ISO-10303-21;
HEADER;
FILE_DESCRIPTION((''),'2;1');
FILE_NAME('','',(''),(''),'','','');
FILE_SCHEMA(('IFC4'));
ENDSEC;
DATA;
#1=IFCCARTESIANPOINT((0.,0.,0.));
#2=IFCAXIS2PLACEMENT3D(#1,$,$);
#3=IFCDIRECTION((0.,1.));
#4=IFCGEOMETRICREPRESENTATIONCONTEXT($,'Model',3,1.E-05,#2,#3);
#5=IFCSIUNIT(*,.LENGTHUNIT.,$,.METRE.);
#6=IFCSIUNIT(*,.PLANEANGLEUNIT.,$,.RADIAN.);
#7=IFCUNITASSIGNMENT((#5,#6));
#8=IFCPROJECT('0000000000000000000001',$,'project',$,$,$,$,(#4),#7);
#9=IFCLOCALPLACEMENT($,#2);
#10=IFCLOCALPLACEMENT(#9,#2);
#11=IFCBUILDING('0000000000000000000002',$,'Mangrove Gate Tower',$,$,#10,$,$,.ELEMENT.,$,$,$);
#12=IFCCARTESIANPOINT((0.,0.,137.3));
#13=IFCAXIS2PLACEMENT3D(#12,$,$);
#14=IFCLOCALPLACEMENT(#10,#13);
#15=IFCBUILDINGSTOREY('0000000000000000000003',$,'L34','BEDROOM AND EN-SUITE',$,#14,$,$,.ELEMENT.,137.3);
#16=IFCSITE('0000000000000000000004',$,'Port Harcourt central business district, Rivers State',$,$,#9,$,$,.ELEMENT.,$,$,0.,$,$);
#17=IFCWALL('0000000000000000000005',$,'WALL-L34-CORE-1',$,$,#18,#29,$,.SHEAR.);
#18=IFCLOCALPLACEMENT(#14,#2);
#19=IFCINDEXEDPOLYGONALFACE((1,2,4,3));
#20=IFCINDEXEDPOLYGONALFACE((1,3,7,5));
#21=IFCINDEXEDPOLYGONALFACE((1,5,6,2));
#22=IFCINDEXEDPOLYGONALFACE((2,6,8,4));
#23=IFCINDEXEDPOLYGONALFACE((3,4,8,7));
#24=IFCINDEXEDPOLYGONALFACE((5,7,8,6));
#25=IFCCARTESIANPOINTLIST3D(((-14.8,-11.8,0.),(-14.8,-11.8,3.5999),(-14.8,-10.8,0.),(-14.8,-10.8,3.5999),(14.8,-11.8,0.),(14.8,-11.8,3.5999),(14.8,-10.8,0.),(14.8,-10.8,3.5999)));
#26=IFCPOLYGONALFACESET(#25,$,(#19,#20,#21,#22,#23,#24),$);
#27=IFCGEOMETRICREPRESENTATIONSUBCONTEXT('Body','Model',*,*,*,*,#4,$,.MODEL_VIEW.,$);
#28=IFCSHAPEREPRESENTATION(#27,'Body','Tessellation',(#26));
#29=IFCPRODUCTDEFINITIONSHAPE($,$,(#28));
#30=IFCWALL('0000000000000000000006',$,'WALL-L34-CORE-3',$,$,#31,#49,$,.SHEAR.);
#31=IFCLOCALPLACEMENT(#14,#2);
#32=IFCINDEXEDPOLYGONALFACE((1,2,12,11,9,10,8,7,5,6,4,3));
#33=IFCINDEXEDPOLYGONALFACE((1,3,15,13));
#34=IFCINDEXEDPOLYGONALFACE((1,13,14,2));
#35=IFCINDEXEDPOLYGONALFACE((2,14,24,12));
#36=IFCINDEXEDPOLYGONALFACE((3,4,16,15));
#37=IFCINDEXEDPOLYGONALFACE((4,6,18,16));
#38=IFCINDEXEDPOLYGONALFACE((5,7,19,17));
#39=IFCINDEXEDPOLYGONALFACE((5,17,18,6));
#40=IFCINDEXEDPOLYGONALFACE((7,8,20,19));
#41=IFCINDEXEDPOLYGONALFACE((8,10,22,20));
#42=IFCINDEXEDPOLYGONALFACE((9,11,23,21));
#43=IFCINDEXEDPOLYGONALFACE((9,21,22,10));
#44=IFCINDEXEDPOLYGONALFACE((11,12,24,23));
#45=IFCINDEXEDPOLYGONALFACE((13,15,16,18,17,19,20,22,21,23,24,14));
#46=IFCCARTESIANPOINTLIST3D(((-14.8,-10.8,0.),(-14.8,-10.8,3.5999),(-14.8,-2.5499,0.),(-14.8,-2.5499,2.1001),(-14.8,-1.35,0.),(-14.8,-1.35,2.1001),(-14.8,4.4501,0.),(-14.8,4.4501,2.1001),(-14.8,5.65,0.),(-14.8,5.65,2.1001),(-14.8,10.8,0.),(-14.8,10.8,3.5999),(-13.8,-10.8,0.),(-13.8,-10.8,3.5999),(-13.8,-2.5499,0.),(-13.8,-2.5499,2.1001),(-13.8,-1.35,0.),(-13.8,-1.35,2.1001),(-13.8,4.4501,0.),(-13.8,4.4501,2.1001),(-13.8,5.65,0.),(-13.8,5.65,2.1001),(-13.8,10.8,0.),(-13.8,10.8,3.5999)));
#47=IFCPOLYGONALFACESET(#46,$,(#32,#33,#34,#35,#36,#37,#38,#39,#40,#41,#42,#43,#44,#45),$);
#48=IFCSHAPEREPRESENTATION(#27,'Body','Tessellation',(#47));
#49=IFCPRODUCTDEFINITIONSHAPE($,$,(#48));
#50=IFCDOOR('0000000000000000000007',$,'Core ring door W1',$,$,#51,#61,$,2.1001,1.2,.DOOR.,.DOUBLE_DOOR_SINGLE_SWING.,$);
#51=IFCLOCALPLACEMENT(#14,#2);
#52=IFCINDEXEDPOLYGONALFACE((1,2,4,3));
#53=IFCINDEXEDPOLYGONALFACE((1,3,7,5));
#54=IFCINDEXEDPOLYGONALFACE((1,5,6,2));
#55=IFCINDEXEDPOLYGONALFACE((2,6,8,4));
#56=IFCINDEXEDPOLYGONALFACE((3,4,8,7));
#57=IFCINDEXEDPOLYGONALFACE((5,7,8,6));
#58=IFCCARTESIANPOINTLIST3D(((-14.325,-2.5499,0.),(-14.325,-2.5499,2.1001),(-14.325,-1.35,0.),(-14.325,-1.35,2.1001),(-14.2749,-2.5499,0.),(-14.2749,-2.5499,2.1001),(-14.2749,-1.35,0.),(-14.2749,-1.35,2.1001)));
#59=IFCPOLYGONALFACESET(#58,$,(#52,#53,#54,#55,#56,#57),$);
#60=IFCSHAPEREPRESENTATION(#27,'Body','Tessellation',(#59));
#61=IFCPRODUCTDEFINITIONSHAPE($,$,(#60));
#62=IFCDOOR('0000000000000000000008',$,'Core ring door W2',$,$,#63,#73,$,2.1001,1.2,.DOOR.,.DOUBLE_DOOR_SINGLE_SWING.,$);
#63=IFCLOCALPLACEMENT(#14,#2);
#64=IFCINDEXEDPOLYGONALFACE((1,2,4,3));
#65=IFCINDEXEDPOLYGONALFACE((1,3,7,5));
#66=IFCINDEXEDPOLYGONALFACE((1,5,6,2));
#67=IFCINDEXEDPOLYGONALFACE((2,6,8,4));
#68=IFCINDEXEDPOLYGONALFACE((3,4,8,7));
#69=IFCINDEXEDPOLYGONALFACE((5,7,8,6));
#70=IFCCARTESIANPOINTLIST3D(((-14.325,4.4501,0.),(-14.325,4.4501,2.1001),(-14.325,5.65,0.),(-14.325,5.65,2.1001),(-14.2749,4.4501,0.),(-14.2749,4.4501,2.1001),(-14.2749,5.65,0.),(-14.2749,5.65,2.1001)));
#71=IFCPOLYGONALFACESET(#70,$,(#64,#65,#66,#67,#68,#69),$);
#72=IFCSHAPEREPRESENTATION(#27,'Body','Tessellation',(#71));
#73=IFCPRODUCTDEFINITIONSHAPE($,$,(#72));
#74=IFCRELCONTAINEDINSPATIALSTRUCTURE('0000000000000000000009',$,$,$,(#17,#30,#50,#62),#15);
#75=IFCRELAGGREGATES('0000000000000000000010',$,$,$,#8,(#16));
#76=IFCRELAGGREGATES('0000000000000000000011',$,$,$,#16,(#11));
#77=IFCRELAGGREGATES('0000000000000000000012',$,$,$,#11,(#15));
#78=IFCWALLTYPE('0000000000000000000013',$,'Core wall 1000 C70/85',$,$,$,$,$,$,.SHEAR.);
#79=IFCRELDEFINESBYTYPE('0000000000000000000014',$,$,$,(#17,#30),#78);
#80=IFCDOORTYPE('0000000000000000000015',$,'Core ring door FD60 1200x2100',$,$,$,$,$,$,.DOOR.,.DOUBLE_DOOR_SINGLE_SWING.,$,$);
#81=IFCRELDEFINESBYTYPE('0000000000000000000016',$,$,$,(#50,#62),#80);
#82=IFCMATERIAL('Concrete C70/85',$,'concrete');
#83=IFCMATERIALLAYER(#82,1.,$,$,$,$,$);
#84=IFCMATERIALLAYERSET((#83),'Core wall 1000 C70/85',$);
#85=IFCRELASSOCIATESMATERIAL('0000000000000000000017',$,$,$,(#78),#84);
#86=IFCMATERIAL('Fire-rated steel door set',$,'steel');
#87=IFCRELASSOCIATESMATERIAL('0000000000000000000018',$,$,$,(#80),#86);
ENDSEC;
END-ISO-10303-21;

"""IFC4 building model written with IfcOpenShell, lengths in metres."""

from ifc_helpers import new_model, si_unit, direction, frame, frame_2d, origin, place, context, subcontext, project, spatial, rectangle, extrude, material, layer, layer_set, type_object, element, fill, save


model = new_model("IFC4")

# Units and contexts
model_context = context("Model", 3, precision=1e-05, world=origin(), true_north=direction((0.0, 1.0)))
body_context = subcontext(model_context, "Body", "Model", "MODEL_VIEW")
ifc_project = project(units=[si_unit("LENGTHUNIT", "METRE"), si_unit("PLANEANGLEUNIT", "RADIAN")], contexts=[model_context])

# Site, building, storey
site_placement = place(None, origin())
site = spatial("IfcSite", under=ifc_project, at=site_placement, Name="Port Harcourt central business district, Rivers State", CompositionType="ELEMENT", RefElevation=0.0)
building_placement = place(site_placement, origin())
building = spatial("IfcBuilding", under=site, at=building_placement, Name="Mangrove Gate Tower", CompositionType="ELEMENT")
storey_placement = place(building_placement, frame((0.0, 0.0, 137.3)))
storey = spatial("IfcBuildingStorey", under=building, at=storey_placement, Name="L34", Description="BEDROOM AND EN-SUITE", CompositionType="ELEMENT", Elevation=137.3)

# Wall
ifc_material_1 = material(Name="Concrete C70/85", Category="concrete")
ifc_layer = layer(ifc_material_1, 1.0)
ifc_layer_set = layer_set([ifc_layer], Name="Core wall 1000 C70/85")
wall_type = type_object("IfcWallType", Name="Core wall 1000 C70/85", PredefinedType="SHEAR", material=ifc_layer_set)
wall_1_placement = place(storey_placement, frame((-14.8, -11.3, 0.0), z_axis=(0.0, 0.0, 1.0), x_axis=(1.0, 0.0, 0.0)))
element("IfcWall", 1, at=wall_1_placement, inside=storey, type_object=wall_type, Name="WALL-L34-CORE-1", PredefinedType="SHEAR", context=body_context, shape_type="SweptSolid", body=[
    extrude(rectangle(XDim=29.6001, YDim=1.0, at=frame_2d((14.8, 0.0))), origin(), (0.0, 0.0, 1.0), 3.5999),
])

# Wall, openings, doors
wall_2_placement = place(storey_placement, frame((-14.3, -10.8, 0.0), z_axis=(0.0, 0.0, 1.0), x_axis=(0.0, 1.0, 0.0)))
wall_2 = element("IfcWall", 2, at=wall_2_placement, inside=storey, type_object=wall_type, Name="WALL-L34-CORE-3", PredefinedType="SHEAR", context=body_context, shape_type="SweptSolid", body=[
    extrude(rectangle(XDim=21.6001, YDim=1.0, at=frame_2d((10.8, 0.0))), origin(), (0.0, 0.0, 1.0), 3.5999),
])
opening_1_placement = place(wall_2_placement, frame((8.25, 0.0, 0.0)))
opening_1 = element("IfcOpeningElement", 3, at=opening_1_placement, cuts=wall_2, PredefinedType="OPENING", context=body_context, shape_type="SweptSolid", body=[
    extrude(rectangle(XDim=1.2, YDim=2.1001, at=frame_2d((0.6001, 1.05))), frame((0.0, 0.51, 0.0), z_axis=(0.0, -1.0, 0.0), x_axis=(1.0, 0.0, 0.0)), (0.0, 0.0, 1.0), 1.02),
])
opening_2_placement = place(wall_2_placement, frame((15.25, 0.0, 0.0)))
opening_2 = element("IfcOpeningElement", 4, at=opening_2_placement, cuts=wall_2, PredefinedType="OPENING", context=body_context, shape_type="SweptSolid", body=[
    extrude(rectangle(XDim=1.2, YDim=2.1001, at=frame_2d((0.6001, 1.05))), frame((0.0, 0.51, 0.0), z_axis=(0.0, -1.0, 0.0), x_axis=(1.0, 0.0, 0.0)), (0.0, 0.0, 1.0), 1.02),
])
ifc_material_2 = material(Name="Fire-rated steel door set", Category="steel")
door_type = type_object("IfcDoorType", Name="Core ring door FD60 1200x2100", OperationType="DOUBLE_DOOR_SINGLE_SWING", PredefinedType="DOOR", material=ifc_material_2)
door_1_placement = place(opening_1_placement, origin())
door_1 = element("IfcDoor", 5, at=door_1_placement, inside=storey, type_object=door_type, Name="Core ring door W1", OperationType="DOUBLE_DOOR_SINGLE_SWING", OverallHeight=2.1001, OverallWidth=1.2, PredefinedType="DOOR", context=body_context, shape_type="SweptSolid", body=[
    extrude(rectangle(XDim=1.2, YDim=2.1001, at=frame_2d((0.6001, 1.05))), frame((0.0, 0.0249, 0.0), z_axis=(0.0, -1.0, 0.0), x_axis=(1.0, 0.0, 0.0)), (0.0, 0.0, 1.0), 0.05),
])
fill(opening_1, door_1)
door_2_placement = place(opening_2_placement, origin())
door_2 = element("IfcDoor", 6, at=door_2_placement, inside=storey, type_object=door_type, Name="Core ring door W2", OperationType="DOUBLE_DOOR_SINGLE_SWING", OverallHeight=2.1001, OverallWidth=1.2, PredefinedType="DOOR", context=body_context, shape_type="SweptSolid", body=[
    extrude(rectangle(XDim=1.2, YDim=2.1001, at=frame_2d((0.6001, 1.05))), frame((0.0, 0.0249, 0.0), z_axis=(0.0, -1.0, 0.0), x_axis=(1.0, 0.0, 0.0)), (0.0, 0.0, 1.0), 0.05),
])
fill(opening_2, door_2)

save(model, "model.ifc")
